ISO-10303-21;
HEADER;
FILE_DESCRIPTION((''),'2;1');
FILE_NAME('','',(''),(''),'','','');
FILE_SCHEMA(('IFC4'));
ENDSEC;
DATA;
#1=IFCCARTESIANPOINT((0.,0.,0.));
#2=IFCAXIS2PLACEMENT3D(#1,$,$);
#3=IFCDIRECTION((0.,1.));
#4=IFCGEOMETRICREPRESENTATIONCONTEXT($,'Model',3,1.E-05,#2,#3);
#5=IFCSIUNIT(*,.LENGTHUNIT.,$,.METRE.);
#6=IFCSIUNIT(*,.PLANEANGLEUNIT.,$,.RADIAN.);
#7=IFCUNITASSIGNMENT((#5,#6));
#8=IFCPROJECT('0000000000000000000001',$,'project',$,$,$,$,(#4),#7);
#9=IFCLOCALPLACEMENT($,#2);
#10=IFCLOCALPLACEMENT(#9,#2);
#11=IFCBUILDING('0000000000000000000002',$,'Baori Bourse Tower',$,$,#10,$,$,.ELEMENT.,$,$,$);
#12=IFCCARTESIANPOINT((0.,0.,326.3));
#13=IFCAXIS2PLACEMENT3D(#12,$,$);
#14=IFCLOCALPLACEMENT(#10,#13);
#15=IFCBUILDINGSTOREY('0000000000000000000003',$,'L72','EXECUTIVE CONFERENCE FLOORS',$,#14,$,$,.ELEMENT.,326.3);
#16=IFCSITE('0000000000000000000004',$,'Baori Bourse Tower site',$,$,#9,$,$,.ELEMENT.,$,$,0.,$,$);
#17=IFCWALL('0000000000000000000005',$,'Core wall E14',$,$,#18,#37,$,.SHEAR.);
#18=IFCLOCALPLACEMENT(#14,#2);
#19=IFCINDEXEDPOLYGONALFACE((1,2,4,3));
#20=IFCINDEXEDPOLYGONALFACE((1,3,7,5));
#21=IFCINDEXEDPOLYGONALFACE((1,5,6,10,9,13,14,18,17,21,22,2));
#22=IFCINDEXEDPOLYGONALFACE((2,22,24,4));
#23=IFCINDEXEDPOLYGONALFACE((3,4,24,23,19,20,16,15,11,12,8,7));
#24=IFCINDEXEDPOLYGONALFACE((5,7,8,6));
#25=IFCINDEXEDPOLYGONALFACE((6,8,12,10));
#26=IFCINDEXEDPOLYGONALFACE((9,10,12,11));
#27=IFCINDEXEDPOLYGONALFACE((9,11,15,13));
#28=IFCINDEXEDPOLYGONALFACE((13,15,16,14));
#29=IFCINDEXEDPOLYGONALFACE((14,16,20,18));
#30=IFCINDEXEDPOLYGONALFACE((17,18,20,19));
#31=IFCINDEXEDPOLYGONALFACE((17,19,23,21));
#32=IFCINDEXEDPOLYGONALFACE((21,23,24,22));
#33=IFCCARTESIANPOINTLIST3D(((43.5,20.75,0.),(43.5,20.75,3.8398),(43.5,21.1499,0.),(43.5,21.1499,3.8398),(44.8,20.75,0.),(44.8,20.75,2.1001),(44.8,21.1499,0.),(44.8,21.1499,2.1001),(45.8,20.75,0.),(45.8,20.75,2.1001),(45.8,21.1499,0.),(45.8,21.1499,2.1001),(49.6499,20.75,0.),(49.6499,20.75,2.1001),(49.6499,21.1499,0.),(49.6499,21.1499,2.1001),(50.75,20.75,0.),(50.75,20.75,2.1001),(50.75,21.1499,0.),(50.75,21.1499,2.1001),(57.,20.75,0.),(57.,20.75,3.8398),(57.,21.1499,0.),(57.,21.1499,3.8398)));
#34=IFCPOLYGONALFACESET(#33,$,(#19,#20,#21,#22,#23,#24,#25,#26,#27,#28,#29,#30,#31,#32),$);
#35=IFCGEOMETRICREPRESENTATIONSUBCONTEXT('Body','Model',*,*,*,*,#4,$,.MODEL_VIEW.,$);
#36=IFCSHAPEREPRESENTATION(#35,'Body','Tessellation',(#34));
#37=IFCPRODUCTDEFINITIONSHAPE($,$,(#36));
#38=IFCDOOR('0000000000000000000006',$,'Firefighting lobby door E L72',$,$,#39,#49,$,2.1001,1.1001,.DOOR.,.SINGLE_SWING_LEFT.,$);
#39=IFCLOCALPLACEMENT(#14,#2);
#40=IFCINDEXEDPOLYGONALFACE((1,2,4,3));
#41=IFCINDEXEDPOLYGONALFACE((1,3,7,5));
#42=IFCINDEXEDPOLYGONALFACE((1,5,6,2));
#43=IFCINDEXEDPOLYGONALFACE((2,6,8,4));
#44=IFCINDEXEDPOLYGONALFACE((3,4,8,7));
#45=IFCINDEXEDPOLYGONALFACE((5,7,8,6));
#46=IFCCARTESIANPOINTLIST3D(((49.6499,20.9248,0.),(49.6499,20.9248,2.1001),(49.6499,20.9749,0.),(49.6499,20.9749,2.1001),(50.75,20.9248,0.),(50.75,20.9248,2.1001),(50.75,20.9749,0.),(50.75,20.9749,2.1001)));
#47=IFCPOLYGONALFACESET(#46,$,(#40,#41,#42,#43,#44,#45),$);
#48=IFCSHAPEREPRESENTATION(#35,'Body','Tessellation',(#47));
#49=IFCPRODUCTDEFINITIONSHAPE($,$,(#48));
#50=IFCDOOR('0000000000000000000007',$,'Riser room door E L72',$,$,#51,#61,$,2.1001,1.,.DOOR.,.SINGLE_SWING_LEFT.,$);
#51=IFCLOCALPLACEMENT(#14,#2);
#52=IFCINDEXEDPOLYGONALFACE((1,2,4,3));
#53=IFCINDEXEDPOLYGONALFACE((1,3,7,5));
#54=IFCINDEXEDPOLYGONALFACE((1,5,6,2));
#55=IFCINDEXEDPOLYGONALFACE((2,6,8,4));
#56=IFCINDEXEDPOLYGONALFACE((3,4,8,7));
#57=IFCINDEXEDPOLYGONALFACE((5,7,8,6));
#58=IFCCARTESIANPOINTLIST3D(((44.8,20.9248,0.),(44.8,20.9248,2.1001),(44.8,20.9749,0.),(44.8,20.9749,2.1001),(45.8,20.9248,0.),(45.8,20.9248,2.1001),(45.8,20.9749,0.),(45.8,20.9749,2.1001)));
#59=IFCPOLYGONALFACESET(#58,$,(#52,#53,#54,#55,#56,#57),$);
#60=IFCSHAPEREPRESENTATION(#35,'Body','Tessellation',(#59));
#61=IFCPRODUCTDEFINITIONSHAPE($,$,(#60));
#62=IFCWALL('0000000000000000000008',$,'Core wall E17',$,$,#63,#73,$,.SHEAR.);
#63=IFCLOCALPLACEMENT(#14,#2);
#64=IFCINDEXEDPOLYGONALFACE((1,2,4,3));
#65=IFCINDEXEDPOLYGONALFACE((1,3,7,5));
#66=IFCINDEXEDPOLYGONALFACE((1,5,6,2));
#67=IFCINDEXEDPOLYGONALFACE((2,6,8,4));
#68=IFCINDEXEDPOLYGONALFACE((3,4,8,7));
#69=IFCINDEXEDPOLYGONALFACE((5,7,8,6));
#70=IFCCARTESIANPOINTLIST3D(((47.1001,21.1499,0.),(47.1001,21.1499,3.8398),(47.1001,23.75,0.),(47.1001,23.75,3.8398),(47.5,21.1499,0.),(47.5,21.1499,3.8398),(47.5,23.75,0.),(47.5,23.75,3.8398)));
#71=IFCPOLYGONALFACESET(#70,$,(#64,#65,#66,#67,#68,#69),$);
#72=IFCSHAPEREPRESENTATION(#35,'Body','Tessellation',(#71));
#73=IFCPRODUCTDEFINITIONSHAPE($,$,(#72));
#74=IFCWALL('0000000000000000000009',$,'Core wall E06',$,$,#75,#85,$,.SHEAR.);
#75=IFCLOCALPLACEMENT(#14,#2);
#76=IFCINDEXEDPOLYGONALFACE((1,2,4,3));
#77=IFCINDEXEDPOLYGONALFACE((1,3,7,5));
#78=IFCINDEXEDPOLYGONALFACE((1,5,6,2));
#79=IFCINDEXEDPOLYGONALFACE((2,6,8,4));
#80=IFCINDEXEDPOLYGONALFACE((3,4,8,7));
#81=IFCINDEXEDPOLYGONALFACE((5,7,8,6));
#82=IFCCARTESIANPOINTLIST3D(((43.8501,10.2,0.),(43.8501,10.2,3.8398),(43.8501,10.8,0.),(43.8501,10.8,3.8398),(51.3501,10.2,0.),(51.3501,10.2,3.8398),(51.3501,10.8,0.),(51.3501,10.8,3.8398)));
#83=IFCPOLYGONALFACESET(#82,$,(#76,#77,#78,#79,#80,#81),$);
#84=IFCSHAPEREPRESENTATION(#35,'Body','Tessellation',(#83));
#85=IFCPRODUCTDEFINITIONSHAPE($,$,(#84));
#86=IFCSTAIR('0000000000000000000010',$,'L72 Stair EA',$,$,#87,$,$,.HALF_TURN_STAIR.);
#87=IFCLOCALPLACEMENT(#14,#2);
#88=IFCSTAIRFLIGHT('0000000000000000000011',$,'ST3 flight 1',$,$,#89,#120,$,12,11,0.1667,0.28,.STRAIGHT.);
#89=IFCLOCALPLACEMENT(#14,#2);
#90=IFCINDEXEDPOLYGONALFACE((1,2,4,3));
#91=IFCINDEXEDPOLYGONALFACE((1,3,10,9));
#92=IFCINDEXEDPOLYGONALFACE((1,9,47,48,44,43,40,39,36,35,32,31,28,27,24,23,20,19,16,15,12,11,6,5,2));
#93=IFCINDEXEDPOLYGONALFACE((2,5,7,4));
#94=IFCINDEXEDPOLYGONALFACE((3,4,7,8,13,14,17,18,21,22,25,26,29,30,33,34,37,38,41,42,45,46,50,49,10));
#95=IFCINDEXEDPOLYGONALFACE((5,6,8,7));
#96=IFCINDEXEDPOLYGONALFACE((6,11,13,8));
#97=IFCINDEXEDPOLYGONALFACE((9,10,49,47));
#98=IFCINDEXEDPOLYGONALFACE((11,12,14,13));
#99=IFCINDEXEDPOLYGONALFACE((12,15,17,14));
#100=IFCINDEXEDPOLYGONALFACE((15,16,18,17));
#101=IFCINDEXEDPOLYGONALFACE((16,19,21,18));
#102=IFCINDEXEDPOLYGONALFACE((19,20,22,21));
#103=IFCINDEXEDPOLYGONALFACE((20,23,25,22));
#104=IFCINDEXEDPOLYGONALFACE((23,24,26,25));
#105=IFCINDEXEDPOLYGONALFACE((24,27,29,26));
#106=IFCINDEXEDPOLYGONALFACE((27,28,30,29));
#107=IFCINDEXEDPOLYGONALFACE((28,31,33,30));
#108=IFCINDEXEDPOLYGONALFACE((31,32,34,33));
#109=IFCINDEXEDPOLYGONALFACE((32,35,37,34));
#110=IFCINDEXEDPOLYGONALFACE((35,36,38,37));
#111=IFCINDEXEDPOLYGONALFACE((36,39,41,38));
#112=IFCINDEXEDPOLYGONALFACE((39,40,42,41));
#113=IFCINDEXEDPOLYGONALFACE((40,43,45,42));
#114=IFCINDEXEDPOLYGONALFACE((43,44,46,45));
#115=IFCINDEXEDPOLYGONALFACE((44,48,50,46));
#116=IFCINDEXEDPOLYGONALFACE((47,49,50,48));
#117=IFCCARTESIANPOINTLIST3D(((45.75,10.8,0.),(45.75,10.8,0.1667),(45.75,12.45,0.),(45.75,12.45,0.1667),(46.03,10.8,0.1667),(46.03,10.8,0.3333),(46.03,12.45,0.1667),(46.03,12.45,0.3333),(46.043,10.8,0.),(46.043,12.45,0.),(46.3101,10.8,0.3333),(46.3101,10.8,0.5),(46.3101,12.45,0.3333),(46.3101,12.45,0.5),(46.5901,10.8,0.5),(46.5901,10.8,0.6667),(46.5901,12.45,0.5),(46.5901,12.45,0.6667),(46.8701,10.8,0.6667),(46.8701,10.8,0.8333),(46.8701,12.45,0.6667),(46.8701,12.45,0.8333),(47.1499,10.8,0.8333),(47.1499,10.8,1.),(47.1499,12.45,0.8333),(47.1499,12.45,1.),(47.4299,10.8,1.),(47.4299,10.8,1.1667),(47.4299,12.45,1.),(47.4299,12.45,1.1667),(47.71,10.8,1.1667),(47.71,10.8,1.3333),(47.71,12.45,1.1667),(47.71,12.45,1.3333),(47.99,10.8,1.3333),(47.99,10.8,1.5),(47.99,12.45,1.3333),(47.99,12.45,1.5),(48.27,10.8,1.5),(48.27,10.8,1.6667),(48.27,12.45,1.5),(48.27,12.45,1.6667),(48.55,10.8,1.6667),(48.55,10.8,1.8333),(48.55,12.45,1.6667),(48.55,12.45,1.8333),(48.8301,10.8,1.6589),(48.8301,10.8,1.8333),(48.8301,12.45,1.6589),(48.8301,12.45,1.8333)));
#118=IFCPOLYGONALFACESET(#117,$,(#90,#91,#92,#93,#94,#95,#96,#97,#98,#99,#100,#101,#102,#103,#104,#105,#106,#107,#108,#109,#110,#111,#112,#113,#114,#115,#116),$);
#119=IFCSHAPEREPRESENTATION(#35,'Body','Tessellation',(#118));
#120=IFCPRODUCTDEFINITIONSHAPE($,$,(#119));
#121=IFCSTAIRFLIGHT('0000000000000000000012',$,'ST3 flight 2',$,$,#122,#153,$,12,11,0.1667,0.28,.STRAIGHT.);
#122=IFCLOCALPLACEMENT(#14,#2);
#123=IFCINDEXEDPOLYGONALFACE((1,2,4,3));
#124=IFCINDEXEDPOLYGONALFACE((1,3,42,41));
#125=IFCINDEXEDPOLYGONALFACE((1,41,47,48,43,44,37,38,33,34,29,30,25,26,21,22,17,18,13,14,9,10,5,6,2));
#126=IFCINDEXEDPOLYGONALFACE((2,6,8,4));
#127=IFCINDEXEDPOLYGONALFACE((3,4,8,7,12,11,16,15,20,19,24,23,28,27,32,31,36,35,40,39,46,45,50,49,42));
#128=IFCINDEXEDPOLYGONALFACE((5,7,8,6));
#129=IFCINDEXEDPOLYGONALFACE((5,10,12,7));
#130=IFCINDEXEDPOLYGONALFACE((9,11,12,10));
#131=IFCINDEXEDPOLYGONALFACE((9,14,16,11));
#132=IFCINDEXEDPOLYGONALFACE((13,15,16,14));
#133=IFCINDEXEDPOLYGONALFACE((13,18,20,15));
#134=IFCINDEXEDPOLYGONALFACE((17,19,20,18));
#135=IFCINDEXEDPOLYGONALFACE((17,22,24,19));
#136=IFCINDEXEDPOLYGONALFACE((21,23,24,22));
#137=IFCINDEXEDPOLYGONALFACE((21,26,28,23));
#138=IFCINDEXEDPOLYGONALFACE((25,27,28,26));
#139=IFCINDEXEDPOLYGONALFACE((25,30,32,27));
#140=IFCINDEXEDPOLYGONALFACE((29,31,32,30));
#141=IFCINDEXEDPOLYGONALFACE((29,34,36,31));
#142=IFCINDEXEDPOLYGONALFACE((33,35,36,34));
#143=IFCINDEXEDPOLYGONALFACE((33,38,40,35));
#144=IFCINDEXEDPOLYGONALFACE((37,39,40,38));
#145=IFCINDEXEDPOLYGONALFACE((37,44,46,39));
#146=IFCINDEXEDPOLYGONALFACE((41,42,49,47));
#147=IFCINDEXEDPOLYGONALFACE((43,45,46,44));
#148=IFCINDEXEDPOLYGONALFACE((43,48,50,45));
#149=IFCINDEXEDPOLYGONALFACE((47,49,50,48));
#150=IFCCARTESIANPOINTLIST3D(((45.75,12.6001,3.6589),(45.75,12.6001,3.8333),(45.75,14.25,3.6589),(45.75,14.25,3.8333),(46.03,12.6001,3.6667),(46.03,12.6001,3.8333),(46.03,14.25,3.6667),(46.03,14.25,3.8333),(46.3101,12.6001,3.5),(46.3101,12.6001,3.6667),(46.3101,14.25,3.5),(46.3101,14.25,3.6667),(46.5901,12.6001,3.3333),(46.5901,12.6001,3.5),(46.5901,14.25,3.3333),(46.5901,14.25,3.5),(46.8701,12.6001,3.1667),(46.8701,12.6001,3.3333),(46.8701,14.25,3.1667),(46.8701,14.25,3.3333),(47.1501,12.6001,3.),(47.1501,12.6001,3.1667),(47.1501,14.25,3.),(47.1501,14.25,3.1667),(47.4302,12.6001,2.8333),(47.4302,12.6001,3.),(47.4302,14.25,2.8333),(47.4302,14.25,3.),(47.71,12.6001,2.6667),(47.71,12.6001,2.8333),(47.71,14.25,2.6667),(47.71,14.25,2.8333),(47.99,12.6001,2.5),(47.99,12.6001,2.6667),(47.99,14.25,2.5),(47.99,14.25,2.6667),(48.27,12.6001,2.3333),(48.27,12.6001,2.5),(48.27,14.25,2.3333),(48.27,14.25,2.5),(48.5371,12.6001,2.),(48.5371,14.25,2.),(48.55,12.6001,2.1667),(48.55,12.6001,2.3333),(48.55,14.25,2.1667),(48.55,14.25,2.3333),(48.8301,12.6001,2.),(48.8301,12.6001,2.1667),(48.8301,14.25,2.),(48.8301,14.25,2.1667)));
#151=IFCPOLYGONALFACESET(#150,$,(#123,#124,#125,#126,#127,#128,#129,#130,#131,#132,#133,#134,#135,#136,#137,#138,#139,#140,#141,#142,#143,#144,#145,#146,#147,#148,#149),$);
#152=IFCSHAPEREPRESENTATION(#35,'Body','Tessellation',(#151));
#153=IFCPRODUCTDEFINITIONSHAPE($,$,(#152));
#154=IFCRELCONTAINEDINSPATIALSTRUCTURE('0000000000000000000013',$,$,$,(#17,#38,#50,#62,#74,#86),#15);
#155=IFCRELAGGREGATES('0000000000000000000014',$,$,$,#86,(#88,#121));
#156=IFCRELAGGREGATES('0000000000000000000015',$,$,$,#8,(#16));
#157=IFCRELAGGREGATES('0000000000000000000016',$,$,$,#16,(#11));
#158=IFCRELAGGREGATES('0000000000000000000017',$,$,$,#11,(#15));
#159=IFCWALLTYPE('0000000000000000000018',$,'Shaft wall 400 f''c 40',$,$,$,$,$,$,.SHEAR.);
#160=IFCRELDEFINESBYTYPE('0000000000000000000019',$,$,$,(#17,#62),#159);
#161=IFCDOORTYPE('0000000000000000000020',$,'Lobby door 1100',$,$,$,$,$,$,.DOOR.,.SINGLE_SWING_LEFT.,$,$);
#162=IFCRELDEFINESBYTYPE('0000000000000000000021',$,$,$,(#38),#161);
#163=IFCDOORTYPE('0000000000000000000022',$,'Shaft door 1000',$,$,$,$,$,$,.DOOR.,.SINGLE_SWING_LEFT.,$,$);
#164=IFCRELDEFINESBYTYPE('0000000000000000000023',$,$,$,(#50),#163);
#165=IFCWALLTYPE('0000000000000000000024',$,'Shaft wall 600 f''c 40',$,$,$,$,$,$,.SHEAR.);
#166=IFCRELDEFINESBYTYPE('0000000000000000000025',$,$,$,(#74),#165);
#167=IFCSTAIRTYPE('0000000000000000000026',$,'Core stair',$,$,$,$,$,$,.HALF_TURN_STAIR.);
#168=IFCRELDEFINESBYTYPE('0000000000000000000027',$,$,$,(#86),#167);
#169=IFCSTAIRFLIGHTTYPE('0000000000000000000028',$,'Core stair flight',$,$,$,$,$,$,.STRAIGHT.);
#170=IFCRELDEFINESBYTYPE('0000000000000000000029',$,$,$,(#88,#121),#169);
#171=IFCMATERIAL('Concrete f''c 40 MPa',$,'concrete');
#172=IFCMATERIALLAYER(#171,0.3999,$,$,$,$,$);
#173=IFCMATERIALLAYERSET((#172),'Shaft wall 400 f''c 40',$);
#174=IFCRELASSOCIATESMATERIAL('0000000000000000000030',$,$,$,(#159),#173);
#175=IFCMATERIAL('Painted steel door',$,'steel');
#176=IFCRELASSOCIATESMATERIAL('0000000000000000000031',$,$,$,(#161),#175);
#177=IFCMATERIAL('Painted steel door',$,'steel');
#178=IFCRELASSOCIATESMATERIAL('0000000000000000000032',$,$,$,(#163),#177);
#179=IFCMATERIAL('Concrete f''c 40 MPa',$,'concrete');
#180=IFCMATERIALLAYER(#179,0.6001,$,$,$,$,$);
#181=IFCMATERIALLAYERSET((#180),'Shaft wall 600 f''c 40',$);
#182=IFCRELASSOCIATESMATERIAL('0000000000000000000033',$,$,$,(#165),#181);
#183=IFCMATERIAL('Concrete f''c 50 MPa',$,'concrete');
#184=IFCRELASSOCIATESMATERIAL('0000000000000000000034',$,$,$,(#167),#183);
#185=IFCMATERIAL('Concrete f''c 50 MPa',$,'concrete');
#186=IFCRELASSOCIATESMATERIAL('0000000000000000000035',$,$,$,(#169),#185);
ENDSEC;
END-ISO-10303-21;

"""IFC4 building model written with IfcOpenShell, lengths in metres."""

from ifc_helpers import new_model, si_unit, direction, frame, frame_2d, origin, place, context, subcontext, project, spatial, polyline, rectangle, outline, extrude, material, layer, layer_set, type_object, element, fill, aggregate, save


model = new_model("IFC4")

# Units and contexts
model_context = context("Model", 3, precision=1e-05, world=origin(), true_north=direction((0.0, 1.0)))
body_context = subcontext(model_context, "Body", "Model", "MODEL_VIEW")
ifc_project = project(units=[si_unit("LENGTHUNIT", "METRE"), si_unit("PLANEANGLEUNIT", "RADIAN")], contexts=[model_context])

# Site, building, storey
site_placement = place(None, origin())
site = spatial("IfcSite", under=ifc_project, at=site_placement, Name="Baori Bourse Tower site", CompositionType="ELEMENT", RefElevation=0.0)
building_placement = place(site_placement, origin())
building = spatial("IfcBuilding", under=site, at=building_placement, Name="Baori Bourse Tower", CompositionType="ELEMENT")
storey_placement = place(building_placement, frame((0.0, 0.0, 326.3)))
storey = spatial("IfcBuildingStorey", under=building, at=storey_placement, Name="L72", Description="EXECUTIVE CONFERENCE FLOORS", CompositionType="ELEMENT", Elevation=326.3)

# Shared definitions
ifc_material_1 = material(Name="Concrete f'c 40 MPa", Category="concrete")
ifc_layer_1 = layer(ifc_material_1, 0.3999)
ifc_layer_set_1 = layer_set([ifc_layer_1], Name="Shaft wall 400 f'c 40")
wall_type_1 = type_object("IfcWallType", Name="Shaft wall 400 f'c 40", PredefinedType="SHEAR", material=ifc_layer_set_1)

# Wall, openings, doors
wall_1_placement = place(storey_placement, frame((43.5, 20.95, 0.0), z_axis=(0.0, 0.0, 1.0), x_axis=(1.0, 0.0, 0.0)))
wall_1 = element("IfcWall", 1, at=wall_1_placement, inside=storey, type_object=wall_type_1, Name="Core wall E14", PredefinedType="SHEAR", context=body_context, shape_type="SweptSolid", body=[
    extrude(rectangle(XDim=13.5, YDim=0.3999, at=frame_2d((6.75, 0.0))), origin(), (0.0, 0.0, 1.0), 3.8398),
])
opening_1_placement = place(wall_1_placement, frame((6.1499, 0.0, 0.0)))
opening_1 = element("IfcOpeningElement", 2, at=opening_1_placement, cuts=wall_1, PredefinedType="OPENING", context=body_context, shape_type="SweptSolid", body=[
    extrude(rectangle(XDim=1.1001, YDim=2.1001, at=frame_2d((0.55, 1.05))), frame((0.0, 0.21, 0.0), z_axis=(0.0, -1.0, 0.0), x_axis=(1.0, 0.0, 0.0)), (0.0, 0.0, 1.0), 0.4199),
])
opening_2_placement = place(wall_1_placement, frame((1.3, 0.0, 0.0)))
opening_2 = element("IfcOpeningElement", 3, at=opening_2_placement, cuts=wall_1, PredefinedType="OPENING", context=body_context, shape_type="SweptSolid", body=[
    extrude(rectangle(XDim=1.0, YDim=2.1001, at=frame_2d((0.5, 1.05))), frame((0.0, 0.21, 0.0), z_axis=(0.0, -1.0, 0.0), x_axis=(1.0, 0.0, 0.0)), (0.0, 0.0, 1.0), 0.4199),
])
ifc_material_2 = material(Name="Painted steel door", Category="steel")
door_type_1 = type_object("IfcDoorType", Name="Lobby door 1100", OperationType="SINGLE_SWING_LEFT", PredefinedType="DOOR", material=ifc_material_2)
door_1_placement = place(opening_1_placement, origin())
door_1 = element("IfcDoor", 4, at=door_1_placement, inside=storey, type_object=door_type_1, Name="Firefighting lobby door E L72", OperationType="SINGLE_SWING_LEFT", OverallHeight=2.1001, OverallWidth=1.1001, PredefinedType="DOOR", context=body_context, shape_type="SweptSolid", body=[
    extrude(rectangle(XDim=1.1001, YDim=2.1001, at=frame_2d((0.55, 1.05))), frame((0.0, 0.0249, 0.0), z_axis=(0.0, -1.0, 0.0), x_axis=(1.0, 0.0, 0.0)), (0.0, 0.0, 1.0), 0.05),
])
fill(opening_1, door_1)
ifc_material_3 = material(Name="Painted steel door", Category="steel")
door_type_2 = type_object("IfcDoorType", Name="Shaft door 1000", OperationType="SINGLE_SWING_LEFT", PredefinedType="DOOR", material=ifc_material_3)
door_2_placement = place(opening_2_placement, origin())
door_2 = element("IfcDoor", 5, at=door_2_placement, inside=storey, type_object=door_type_2, Name="Riser room door E L72", OperationType="SINGLE_SWING_LEFT", OverallHeight=2.1001, OverallWidth=1.0, PredefinedType="DOOR", context=body_context, shape_type="SweptSolid", body=[
    extrude(rectangle(XDim=1.0, YDim=2.1001, at=frame_2d((0.5, 1.05))), frame((0.0, 0.0249, 0.0), z_axis=(0.0, -1.0, 0.0), x_axis=(1.0, 0.0, 0.0)), (0.0, 0.0, 1.0), 0.05),
])
fill(opening_2, door_2)

# Walls
wall_2_placement = place(storey_placement, frame((47.3, 21.1499, 0.0), z_axis=(0.0, 0.0, 1.0), x_axis=(0.0, 1.0, 0.0)))
element("IfcWall", 6, at=wall_2_placement, inside=storey, type_object=wall_type_1, Name="Core wall E17", PredefinedType="SHEAR", context=body_context, shape_type="SweptSolid", body=[
    extrude(rectangle(XDim=2.6001, YDim=0.3999, at=frame_2d((1.3, 0.0))), origin(), (0.0, 0.0, 1.0), 3.8398),
])
ifc_material_4 = material(Name="Concrete f'c 40 MPa", Category="concrete")
ifc_layer_2 = layer(ifc_material_4, 0.6001)
ifc_layer_set_2 = layer_set([ifc_layer_2], Name="Shaft wall 600 f'c 40")
wall_type_2 = type_object("IfcWallType", Name="Shaft wall 600 f'c 40", PredefinedType="SHEAR", material=ifc_layer_set_2)
wall_3_placement = place(storey_placement, frame((43.8501, 10.5, 0.0), z_axis=(0.0, 0.0, 1.0), x_axis=(1.0, 0.0, 0.0)))
element("IfcWall", 7, at=wall_3_placement, inside=storey, type_object=wall_type_2, Name="Core wall E06", PredefinedType="SHEAR", context=body_context, shape_type="SweptSolid", body=[
    extrude(rectangle(XDim=7.5, YDim=0.6001, at=frame_2d((3.75, 0.0))), origin(), (0.0, 0.0, 1.0), 3.8398),
])

# Stair, stair flights
ifc_material_5 = material(Name="Concrete f'c 50 MPa", Category="concrete")
stair_type = type_object("IfcStairType", Name="Core stair", PredefinedType="HALF_TURN_STAIR", material=ifc_material_5)
stair_placement = place(storey_placement, origin())
stair = element("IfcStair", 8, at=stair_placement, inside=storey, type_object=stair_type, Name="L72 Stair EA", PredefinedType="HALF_TURN_STAIR")
ifc_material_6 = material(Name="Concrete f'c 50 MPa", Category="concrete")
stair_flight_type = type_object("IfcStairFlightType", Name="Core stair flight", PredefinedType="STRAIGHT", material=ifc_material_6)
stair_flight_1_placement = place(storey_placement, frame((45.75, 11.625, 0.0), z_axis=(0.0, 0.0, 1.0), x_axis=(1.0, 0.0, 0.0)))
stair_flight_1 = element("IfcStairFlight", 9, at=stair_flight_1_placement, type_object=stair_flight_type, Name="ST3 flight 1", NumberOfRisers=12, NumberOfTreads=11, PredefinedType="STRAIGHT", RiserHeight=0.1667, TreadLength=0.28, context=body_context, shape_type="SweptSolid", body=[
    extrude(outline(polyline([(0.0, 0.0), (0.0, 0.1667), (0.28, 0.1667), (0.28, 0.3333), (0.5601, 0.3333), (0.5601, 0.5), (0.8401, 0.5), (0.8401, 0.6667), (1.1201, 0.6667), (1.1201, 0.8333), (1.3999, 0.8333), (1.3999, 1.0), (1.6799, 1.0), (1.6799, 1.1667), (1.96, 1.1667), (1.96, 1.3333), (2.24, 1.3333), (2.24, 1.5), (2.52, 1.5), (2.52, 1.6667), (2.8, 1.6667), (2.8, 1.8333), (3.0801, 1.8333), (3.0801, 2.0), (3.0801, 1.6589), (0.293, 0.0), (0.0, 0.0)])), frame((0.0, 0.825, 0.0), z_axis=(0.0, -1.0, 0.0), x_axis=(1.0, 0.0, 0.0)), (0.0, 0.0, 1.0), 1.6499),
])
stair_flight_2_placement = place(storey_placement, frame((48.8301, 13.425, 2.0), z_axis=(0.0, 0.0, 1.0), x_axis=(-1.0, 0.0, 0.0)))
stair_flight_2 = element("IfcStairFlight", 10, at=stair_flight_2_placement, type_object=stair_flight_type, Name="ST3 flight 2", NumberOfRisers=12, NumberOfTreads=11, PredefinedType="STRAIGHT", RiserHeight=0.1667, TreadLength=0.28, context=body_context, shape_type="SweptSolid", body=[
    extrude(outline(polyline([(0.0, 0.0), (0.0, 0.1667), (0.28, 0.1667), (0.28, 0.3333), (0.5601, 0.3333), (0.5601, 0.5), (0.8401, 0.5), (0.8401, 0.6667), (1.1201, 0.6667), (1.1201, 0.8333), (1.3999, 0.8333), (1.3999, 1.0), (1.6799, 1.0), (1.6799, 1.1667), (1.96, 1.1667), (1.96, 1.3333), (2.24, 1.3333), (2.24, 1.5), (2.52, 1.5), (2.52, 1.6667), (2.8, 1.6667), (2.8, 1.8333), (3.0801, 1.8333), (3.0801, 2.0), (3.0801, 1.6589), (0.293, 0.0), (0.0, 0.0)])), frame((0.0, 0.825, 0.0), z_axis=(0.0, -1.0, 0.0), x_axis=(1.0, 0.0, 0.0)), (0.0, 0.0, 1.0), 1.6499),
])
aggregate(stair, [stair_flight_1, stair_flight_2])

save(model, "model.ifc")
